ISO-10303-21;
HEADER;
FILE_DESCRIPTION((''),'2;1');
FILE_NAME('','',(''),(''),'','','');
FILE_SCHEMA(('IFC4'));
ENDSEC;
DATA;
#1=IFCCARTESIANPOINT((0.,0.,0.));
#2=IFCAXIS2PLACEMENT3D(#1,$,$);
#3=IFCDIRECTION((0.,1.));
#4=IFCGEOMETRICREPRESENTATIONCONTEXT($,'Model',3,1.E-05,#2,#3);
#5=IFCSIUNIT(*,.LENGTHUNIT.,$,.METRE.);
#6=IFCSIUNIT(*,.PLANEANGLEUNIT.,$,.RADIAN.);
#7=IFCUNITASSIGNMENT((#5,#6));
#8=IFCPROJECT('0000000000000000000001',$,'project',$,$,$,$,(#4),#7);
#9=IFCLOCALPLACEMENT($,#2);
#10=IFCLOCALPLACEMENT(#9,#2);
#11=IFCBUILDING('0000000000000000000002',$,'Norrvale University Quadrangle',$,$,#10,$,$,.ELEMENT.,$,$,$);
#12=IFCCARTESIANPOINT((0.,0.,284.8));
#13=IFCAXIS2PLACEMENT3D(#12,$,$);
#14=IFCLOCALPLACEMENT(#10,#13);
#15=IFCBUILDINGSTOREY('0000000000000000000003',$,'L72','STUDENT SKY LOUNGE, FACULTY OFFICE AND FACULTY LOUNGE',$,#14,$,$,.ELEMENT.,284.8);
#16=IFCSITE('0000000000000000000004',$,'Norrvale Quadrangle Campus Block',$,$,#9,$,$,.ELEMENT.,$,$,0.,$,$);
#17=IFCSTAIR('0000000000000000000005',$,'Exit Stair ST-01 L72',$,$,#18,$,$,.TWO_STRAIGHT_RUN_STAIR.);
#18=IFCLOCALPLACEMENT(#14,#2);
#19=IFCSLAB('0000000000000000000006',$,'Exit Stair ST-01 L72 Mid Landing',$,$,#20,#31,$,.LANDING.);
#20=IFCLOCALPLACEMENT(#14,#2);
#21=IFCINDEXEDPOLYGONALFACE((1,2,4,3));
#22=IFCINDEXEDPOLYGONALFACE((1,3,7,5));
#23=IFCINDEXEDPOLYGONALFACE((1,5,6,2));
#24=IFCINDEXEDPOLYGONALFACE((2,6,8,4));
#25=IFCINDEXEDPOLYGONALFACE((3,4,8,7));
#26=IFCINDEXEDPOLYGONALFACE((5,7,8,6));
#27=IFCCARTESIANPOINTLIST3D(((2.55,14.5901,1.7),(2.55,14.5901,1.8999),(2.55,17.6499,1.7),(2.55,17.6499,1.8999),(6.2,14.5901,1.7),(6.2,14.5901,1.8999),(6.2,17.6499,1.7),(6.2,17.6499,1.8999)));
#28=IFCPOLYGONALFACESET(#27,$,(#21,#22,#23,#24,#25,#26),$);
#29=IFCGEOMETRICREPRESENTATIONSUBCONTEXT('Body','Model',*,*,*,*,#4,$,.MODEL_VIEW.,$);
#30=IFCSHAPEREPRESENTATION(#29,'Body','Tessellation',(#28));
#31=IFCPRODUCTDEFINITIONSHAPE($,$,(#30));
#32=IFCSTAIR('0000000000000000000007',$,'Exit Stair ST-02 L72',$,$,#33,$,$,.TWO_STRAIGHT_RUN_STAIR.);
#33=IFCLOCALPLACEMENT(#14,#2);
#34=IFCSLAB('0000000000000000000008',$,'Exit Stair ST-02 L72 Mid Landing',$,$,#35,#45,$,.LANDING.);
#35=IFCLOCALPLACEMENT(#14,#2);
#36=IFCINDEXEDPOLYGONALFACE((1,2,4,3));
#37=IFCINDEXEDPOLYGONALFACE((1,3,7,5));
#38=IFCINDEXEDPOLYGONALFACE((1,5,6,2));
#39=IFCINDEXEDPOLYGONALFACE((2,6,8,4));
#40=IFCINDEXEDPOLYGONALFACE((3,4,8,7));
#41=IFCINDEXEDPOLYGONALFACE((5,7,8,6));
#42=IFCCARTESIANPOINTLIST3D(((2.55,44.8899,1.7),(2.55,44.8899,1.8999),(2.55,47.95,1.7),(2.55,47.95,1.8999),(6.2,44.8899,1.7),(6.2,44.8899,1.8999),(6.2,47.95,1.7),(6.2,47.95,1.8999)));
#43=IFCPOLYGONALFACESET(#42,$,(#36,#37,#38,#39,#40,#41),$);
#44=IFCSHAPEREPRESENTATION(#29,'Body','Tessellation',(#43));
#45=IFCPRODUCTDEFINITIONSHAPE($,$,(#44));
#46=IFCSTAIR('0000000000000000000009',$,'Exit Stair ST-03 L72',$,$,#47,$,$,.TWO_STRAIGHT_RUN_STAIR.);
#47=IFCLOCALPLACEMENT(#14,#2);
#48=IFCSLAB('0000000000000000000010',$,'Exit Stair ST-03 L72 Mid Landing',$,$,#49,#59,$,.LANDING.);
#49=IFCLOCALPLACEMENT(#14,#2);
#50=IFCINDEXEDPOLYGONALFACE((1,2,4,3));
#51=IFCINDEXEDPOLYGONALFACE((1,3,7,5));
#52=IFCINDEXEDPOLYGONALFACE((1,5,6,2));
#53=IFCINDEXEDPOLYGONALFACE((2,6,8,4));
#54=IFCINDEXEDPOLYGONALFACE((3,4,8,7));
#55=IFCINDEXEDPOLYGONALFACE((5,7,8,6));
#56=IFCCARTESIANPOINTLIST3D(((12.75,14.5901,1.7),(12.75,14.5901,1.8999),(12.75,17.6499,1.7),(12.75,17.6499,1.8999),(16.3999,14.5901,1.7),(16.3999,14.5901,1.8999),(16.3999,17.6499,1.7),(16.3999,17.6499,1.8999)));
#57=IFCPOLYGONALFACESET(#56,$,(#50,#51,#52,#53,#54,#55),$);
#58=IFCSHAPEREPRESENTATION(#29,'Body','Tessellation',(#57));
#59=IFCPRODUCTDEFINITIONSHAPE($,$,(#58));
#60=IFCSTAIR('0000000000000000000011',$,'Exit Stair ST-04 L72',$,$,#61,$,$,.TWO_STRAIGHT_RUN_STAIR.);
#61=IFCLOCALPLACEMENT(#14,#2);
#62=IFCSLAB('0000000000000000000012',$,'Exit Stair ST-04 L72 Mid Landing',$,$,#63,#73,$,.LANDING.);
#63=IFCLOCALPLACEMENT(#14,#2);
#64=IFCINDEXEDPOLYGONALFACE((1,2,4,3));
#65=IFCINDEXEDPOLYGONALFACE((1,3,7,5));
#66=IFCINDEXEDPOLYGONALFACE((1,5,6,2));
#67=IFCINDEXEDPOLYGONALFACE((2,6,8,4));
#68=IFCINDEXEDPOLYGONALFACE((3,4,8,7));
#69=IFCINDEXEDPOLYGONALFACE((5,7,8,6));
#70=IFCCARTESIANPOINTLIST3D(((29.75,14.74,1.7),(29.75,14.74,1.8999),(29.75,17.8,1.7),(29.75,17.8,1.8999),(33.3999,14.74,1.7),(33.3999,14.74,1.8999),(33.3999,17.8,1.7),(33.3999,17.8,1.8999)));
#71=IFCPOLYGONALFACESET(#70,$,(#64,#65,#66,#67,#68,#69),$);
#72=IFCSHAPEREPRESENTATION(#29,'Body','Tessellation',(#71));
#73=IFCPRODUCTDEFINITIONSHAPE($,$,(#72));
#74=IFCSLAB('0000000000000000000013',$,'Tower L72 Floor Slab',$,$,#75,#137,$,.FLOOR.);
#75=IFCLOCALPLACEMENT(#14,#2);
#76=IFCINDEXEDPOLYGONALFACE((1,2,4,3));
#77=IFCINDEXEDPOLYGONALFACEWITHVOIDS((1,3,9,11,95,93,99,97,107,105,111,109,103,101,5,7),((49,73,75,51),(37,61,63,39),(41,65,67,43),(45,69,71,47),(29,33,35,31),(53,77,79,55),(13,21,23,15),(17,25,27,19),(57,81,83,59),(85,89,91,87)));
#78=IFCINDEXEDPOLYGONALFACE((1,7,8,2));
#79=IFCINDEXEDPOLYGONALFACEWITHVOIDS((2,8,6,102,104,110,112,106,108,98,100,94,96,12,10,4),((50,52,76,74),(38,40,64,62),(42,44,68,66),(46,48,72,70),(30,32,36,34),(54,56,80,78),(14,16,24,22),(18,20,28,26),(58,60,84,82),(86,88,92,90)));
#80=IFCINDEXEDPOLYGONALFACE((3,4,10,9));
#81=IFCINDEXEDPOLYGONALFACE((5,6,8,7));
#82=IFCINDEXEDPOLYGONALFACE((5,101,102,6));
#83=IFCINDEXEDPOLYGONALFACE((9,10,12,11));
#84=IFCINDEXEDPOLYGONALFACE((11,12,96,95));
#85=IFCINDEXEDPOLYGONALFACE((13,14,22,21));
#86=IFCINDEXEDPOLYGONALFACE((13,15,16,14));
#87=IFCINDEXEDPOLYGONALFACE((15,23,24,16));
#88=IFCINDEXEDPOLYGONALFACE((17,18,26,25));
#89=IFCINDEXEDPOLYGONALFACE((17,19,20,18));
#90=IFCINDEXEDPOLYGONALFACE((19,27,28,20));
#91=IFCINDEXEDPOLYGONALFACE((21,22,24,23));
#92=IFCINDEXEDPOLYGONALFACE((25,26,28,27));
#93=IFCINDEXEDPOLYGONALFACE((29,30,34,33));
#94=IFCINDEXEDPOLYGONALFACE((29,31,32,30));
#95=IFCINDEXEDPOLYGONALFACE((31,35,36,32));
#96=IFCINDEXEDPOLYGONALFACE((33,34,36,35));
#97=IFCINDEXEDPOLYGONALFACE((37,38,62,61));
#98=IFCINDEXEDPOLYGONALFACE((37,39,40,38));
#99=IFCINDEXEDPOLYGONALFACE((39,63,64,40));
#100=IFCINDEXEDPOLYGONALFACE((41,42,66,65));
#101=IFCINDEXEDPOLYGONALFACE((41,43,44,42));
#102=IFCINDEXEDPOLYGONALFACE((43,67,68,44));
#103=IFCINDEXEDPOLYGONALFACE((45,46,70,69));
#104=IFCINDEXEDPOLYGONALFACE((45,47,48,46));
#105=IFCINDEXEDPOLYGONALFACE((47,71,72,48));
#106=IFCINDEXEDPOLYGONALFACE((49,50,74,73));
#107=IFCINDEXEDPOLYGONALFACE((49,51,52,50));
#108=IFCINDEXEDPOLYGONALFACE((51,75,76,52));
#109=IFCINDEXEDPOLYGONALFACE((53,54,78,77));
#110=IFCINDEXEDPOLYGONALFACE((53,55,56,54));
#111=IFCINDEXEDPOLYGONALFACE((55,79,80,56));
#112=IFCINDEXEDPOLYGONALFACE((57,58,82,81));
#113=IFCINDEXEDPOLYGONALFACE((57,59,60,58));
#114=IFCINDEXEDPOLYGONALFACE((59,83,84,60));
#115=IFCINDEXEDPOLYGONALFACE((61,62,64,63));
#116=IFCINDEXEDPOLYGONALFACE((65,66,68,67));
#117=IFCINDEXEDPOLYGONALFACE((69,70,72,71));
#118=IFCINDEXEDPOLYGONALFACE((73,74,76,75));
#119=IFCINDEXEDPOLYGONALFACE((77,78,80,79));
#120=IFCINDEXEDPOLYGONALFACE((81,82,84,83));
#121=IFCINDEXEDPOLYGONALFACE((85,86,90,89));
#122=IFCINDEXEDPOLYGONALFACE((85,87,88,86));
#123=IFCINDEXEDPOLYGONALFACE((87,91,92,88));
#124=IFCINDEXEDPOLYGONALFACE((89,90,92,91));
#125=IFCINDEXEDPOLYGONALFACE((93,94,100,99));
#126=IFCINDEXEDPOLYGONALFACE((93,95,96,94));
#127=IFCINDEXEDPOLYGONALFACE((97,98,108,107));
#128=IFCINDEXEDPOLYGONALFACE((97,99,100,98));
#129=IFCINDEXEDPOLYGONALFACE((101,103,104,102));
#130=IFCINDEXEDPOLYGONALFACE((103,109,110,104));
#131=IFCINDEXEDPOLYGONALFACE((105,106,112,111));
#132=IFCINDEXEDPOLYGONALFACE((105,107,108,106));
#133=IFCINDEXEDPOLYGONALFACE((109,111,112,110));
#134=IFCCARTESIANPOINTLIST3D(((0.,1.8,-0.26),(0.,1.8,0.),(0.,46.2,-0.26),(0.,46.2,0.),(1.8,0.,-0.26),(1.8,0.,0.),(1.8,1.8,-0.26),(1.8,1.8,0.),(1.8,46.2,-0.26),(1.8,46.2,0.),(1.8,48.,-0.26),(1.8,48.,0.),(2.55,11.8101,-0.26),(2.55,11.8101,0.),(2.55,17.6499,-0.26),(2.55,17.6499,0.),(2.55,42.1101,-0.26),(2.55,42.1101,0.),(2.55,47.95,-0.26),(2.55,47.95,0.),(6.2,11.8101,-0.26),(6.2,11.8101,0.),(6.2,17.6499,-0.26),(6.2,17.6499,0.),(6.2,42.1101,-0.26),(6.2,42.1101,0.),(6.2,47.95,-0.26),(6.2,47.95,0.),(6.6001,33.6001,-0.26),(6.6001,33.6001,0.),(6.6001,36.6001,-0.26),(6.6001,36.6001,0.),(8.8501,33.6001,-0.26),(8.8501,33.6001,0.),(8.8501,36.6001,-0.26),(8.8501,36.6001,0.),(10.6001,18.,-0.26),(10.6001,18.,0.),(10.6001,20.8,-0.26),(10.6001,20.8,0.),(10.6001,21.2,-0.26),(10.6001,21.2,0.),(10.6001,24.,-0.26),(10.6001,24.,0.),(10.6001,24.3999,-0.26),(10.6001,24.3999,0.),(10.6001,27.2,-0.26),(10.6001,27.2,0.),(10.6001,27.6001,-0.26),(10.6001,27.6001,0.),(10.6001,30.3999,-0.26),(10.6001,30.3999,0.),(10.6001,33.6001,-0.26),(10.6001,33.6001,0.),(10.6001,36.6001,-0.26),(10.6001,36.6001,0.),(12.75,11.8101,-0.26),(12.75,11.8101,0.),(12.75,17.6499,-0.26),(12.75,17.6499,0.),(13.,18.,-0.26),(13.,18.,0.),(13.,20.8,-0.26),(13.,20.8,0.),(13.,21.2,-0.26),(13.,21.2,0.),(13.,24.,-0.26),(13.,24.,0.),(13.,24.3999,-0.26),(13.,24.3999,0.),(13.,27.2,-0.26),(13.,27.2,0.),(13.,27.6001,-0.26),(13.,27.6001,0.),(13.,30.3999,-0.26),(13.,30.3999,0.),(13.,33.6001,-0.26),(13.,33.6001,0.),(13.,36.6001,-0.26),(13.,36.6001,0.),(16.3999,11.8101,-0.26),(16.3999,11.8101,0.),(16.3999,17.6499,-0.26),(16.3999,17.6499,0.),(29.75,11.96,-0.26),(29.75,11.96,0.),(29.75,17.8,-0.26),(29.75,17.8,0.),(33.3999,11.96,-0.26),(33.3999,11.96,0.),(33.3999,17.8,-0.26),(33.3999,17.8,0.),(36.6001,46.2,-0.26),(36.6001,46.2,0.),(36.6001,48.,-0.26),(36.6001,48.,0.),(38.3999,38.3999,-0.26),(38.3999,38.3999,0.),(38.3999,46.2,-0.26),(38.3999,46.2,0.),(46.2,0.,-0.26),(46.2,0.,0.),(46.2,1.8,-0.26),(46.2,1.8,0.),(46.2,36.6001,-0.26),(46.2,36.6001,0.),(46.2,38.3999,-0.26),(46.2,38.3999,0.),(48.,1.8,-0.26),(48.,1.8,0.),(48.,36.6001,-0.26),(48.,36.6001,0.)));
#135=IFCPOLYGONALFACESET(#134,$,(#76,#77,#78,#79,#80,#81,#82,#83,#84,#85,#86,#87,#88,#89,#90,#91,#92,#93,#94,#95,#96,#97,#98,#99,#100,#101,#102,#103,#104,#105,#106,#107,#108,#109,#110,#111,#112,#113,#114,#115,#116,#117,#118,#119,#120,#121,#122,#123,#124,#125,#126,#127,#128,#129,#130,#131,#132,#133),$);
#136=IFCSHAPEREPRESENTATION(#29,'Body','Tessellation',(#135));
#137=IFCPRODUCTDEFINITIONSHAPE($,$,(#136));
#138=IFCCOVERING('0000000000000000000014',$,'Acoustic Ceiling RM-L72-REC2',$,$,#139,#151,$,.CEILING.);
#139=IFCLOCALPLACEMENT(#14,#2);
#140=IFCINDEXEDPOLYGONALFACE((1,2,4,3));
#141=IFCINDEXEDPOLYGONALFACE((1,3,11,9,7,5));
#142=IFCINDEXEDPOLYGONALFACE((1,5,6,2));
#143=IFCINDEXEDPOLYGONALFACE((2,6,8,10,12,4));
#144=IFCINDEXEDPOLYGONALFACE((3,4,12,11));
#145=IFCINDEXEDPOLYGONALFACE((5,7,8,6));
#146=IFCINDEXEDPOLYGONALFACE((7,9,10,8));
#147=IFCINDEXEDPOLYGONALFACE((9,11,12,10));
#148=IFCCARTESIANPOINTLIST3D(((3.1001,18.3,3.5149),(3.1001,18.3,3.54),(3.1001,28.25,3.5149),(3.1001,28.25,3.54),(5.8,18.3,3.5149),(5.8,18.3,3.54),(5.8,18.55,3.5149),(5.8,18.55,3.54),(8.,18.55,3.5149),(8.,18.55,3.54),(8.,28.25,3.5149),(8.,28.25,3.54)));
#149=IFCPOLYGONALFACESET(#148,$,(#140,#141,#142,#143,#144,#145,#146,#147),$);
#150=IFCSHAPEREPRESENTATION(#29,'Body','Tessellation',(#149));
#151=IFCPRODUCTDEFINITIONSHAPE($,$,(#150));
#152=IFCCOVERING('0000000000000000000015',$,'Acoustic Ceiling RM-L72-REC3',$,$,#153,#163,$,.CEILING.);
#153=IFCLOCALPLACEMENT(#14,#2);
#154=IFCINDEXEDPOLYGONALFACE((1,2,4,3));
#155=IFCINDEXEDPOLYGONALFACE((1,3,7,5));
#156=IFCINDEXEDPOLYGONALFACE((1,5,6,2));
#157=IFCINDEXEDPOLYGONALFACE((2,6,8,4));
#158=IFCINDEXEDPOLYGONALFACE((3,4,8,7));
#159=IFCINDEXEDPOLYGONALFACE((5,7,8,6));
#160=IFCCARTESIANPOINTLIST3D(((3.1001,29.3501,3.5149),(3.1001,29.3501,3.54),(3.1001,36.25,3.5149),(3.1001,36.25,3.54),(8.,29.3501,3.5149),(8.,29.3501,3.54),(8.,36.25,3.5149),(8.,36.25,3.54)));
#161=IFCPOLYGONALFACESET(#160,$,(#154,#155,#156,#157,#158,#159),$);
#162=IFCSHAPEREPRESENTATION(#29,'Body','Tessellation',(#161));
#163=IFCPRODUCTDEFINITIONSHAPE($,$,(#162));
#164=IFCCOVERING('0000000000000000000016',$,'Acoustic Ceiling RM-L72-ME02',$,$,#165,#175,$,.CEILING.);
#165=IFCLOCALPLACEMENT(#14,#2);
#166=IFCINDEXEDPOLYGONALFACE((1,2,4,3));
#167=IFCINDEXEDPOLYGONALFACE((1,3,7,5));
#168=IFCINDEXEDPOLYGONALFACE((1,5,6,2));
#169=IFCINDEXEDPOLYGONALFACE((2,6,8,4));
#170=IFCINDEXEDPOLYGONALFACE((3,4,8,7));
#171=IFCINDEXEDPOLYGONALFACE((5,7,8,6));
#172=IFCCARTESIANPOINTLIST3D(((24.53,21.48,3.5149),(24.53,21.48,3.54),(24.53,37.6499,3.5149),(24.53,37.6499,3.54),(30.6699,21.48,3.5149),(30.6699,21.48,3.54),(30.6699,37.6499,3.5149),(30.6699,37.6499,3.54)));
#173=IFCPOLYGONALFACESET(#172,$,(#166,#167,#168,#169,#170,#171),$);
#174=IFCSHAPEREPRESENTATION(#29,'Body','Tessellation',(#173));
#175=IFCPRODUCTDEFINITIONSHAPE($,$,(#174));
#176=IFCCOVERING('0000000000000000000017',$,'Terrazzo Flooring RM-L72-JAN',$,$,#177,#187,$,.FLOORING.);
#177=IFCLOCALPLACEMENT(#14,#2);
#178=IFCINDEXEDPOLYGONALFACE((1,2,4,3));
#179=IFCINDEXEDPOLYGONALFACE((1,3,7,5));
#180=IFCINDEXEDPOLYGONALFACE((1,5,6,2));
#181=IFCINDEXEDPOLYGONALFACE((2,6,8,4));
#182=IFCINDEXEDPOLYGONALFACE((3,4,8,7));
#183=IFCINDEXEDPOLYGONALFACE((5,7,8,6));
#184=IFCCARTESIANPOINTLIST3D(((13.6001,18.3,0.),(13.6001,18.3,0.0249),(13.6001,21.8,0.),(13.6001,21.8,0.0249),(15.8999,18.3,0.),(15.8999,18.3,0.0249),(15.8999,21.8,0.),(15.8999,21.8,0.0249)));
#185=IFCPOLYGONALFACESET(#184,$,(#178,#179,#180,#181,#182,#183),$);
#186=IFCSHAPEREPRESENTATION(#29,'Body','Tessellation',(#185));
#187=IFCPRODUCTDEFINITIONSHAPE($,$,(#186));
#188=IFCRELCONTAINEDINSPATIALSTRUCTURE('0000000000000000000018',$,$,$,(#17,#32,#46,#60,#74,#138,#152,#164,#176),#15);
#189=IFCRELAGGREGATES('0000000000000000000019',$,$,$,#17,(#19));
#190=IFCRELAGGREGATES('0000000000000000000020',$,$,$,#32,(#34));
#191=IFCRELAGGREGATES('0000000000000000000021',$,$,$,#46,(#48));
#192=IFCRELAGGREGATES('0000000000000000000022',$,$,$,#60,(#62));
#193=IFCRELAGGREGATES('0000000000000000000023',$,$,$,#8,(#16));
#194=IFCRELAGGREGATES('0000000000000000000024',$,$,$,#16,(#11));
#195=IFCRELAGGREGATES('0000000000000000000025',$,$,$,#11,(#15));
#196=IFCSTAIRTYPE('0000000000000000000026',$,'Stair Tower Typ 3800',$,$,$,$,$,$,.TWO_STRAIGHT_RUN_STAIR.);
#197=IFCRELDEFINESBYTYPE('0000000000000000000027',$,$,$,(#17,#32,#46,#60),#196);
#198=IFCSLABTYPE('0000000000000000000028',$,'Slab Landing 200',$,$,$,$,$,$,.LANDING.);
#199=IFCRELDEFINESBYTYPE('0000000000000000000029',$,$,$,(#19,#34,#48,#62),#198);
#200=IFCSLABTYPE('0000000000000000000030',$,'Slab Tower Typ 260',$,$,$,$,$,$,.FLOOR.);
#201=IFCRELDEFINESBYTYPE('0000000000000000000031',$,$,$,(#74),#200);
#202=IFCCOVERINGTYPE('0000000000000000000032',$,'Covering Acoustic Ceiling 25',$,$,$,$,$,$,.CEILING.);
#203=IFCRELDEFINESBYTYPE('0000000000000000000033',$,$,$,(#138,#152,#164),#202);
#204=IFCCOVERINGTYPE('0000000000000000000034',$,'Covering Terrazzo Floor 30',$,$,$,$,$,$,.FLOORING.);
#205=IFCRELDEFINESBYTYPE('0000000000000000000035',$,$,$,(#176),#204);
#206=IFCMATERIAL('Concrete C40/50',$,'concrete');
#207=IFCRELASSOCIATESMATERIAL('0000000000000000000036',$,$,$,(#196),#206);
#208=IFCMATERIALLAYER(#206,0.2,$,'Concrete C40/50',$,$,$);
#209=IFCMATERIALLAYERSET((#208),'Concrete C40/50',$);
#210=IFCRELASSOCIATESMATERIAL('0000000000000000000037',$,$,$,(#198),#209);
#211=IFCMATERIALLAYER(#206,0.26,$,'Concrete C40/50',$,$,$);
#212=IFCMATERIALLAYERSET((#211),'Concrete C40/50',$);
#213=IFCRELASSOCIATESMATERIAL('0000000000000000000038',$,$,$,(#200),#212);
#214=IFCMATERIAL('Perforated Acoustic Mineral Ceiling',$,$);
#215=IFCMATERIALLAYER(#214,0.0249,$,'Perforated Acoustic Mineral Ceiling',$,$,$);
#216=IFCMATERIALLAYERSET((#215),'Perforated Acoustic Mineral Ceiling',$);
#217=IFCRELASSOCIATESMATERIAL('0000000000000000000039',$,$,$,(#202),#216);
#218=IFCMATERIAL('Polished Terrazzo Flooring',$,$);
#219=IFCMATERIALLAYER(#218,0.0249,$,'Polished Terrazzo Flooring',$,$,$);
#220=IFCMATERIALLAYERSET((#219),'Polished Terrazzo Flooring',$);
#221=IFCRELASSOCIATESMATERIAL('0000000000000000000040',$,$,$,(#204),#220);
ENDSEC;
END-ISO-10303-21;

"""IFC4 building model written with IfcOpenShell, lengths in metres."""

from ifc_helpers import new_model, si_unit, direction, frame, origin, place, context, subcontext, project, spatial, polyline, outline, extrude, material, layer, layer_set, type_object, element, aggregate, save


model = new_model("IFC4")

# Units and contexts
model_context = context("Model", 3, precision=1e-05, world=origin(), true_north=direction((0.0, 1.0)))
body_context = subcontext(model_context, "Body", "Model", "MODEL_VIEW")
ifc_project = project(units=[si_unit("LENGTHUNIT", "METRE"), si_unit("PLANEANGLEUNIT", "RADIAN")], contexts=[model_context])

# Site, building, storey
site_placement = place(None, origin())
site = spatial("IfcSite", under=ifc_project, at=site_placement, Name="Norrvale Quadrangle Campus Block", CompositionType="ELEMENT", RefElevation=0.0)
building_placement = place(site_placement, origin())
building = spatial("IfcBuilding", under=site, at=building_placement, Name="Norrvale University Quadrangle", CompositionType="ELEMENT")
storey_placement = place(building_placement, frame((0.0, 0.0, 284.8)))
storey = spatial("IfcBuildingStorey", under=building, at=storey_placement, Name="L72", Description="STUDENT SKY LOUNGE, FACULTY OFFICE AND FACULTY LOUNGE", CompositionType="ELEMENT", Elevation=284.8)

# Stairs, slabs
ifc_material_1 = material(Name="Concrete C40/50", Category="concrete")
stair_type = type_object("IfcStairType", Name="Stair Tower Typ 3800", PredefinedType="TWO_STRAIGHT_RUN_STAIR", material=ifc_material_1)
stair_1_placement = place(storey_placement, origin())
stair_1 = element("IfcStair", 1, at=stair_1_placement, inside=storey, type_object=stair_type, Name="Exit Stair ST-01 L72", PredefinedType="TWO_STRAIGHT_RUN_STAIR")
ifc_layer_1 = layer(ifc_material_1, 0.2, Name="Concrete C40/50")
ifc_layer_set_1 = layer_set([ifc_layer_1], Name="Concrete C40/50")
slab_type_1 = type_object("IfcSlabType", Name="Slab Landing 200", PredefinedType="LANDING", material=ifc_layer_set_1)
slab_1_placement = place(storey_placement, frame((0.0, 0.0, 1.7)))
slab_1 = element("IfcSlab", 2, at=slab_1_placement, type_object=slab_type_1, Name="Exit Stair ST-01 L72 Mid Landing", PredefinedType="LANDING", context=body_context, shape_type="SweptSolid", body=[
    extrude(outline(polyline([(2.55, 14.5901), (6.2, 14.5901), (6.2, 17.6499), (2.55, 17.6499), (2.55, 14.5901)])), origin(), (0.0, 0.0, 1.0), 0.2),
])
aggregate(stair_1, [slab_1])
stair_2_placement = place(storey_placement, origin())
stair_2 = element("IfcStair", 3, at=stair_2_placement, inside=storey, type_object=stair_type, Name="Exit Stair ST-02 L72", PredefinedType="TWO_STRAIGHT_RUN_STAIR")
slab_2_placement = place(storey_placement, frame((0.0, 0.0, 1.7)))
slab_2 = element("IfcSlab", 4, at=slab_2_placement, type_object=slab_type_1, Name="Exit Stair ST-02 L72 Mid Landing", PredefinedType="LANDING", context=body_context, shape_type="SweptSolid", body=[
    extrude(outline(polyline([(2.55, 44.8899), (6.2, 44.8899), (6.2, 47.95), (2.55, 47.95), (2.55, 44.8899)])), origin(), (0.0, 0.0, 1.0), 0.2),
])
aggregate(stair_2, [slab_2])
stair_3_placement = place(storey_placement, origin())
stair_3 = element("IfcStair", 5, at=stair_3_placement, inside=storey, type_object=stair_type, Name="Exit Stair ST-03 L72", PredefinedType="TWO_STRAIGHT_RUN_STAIR")
slab_3_placement = place(storey_placement, frame((0.0, 0.0, 1.7)))
slab_3 = element("IfcSlab", 6, at=slab_3_placement, type_object=slab_type_1, Name="Exit Stair ST-03 L72 Mid Landing", PredefinedType="LANDING", context=body_context, shape_type="SweptSolid", body=[
    extrude(outline(polyline([(12.75, 14.5901), (16.3999, 14.5901), (16.3999, 17.6499), (12.75, 17.6499), (12.75, 14.5901)])), origin(), (0.0, 0.0, 1.0), 0.2),
])
aggregate(stair_3, [slab_3])
stair_4_placement = place(storey_placement, origin())
stair_4 = element("IfcStair", 7, at=stair_4_placement, inside=storey, type_object=stair_type, Name="Exit Stair ST-04 L72", PredefinedType="TWO_STRAIGHT_RUN_STAIR")
slab_4_placement = place(storey_placement, frame((0.0, 0.0, 1.7)))
slab_4 = element("IfcSlab", 8, at=slab_4_placement, type_object=slab_type_1, Name="Exit Stair ST-04 L72 Mid Landing", PredefinedType="LANDING", context=body_context, shape_type="SweptSolid", body=[
    extrude(outline(polyline([(29.75, 14.74), (33.3999, 14.74), (33.3999, 17.8), (29.75, 17.8), (29.75, 14.74)])), origin(), (0.0, 0.0, 1.0), 0.2),
])
aggregate(stair_4, [slab_4])

# Slab
ifc_layer_2 = layer(ifc_material_1, 0.26, Name="Concrete C40/50")
ifc_layer_set_2 = layer_set([ifc_layer_2], Name="Concrete C40/50")
slab_type_2 = type_object("IfcSlabType", Name="Slab Tower Typ 260", PredefinedType="FLOOR", material=ifc_layer_set_2)
slab_5_placement = place(storey_placement, frame((0.0, 0.0, -0.26)))
element("IfcSlab", 9, at=slab_5_placement, inside=storey, type_object=slab_type_2, Name="Tower L72 Floor Slab", PredefinedType="FLOOR", context=body_context, shape_type="SweptSolid", body=[
    extrude(outline(polyline([(1.8, 0.0), (46.2, 0.0), (46.2, 1.8), (48.0, 1.8), (48.0, 36.6001), (46.2, 36.6001), (46.2, 38.3999), (38.3999, 38.3999), (38.3999, 46.2), (36.6001, 46.2), (36.6001, 48.0), (1.8, 48.0), (1.8, 46.2), (0.0, 46.2), (0.0, 1.8), (1.8, 1.8), (1.8, 0.0)]), holes=[polyline([(2.55, 11.8101), (6.2, 11.8101), (6.2, 17.6499), (2.55, 17.6499), (2.55, 11.8101)]), polyline([(2.55, 42.1101), (6.2, 42.1101), (6.2, 47.95), (2.55, 47.95), (2.55, 42.1101)]), polyline([(12.75, 11.8101), (16.3999, 11.8101), (16.3999, 17.6499), (12.75, 17.6499), (12.75, 11.8101)]), polyline([(29.75, 11.96), (33.3999, 11.96), (33.3999, 17.8), (29.75, 17.8), (29.75, 11.96)]), polyline([(10.6001, 18.0), (13.0, 18.0), (13.0, 20.8), (10.6001, 20.8), (10.6001, 18.0)]), polyline([(10.6001, 21.2), (13.0, 21.2), (13.0, 24.0), (10.6001, 24.0), (10.6001, 21.2)]), polyline([(10.6001, 24.3999), (13.0, 24.3999), (13.0, 27.2), (10.6001, 27.2), (10.6001, 24.3999)]), polyline([(10.6001, 27.6001), (13.0, 27.6001), (13.0, 30.3999), (10.6001, 30.3999), (10.6001, 27.6001)]), polyline([(6.6001, 33.6001), (8.8501, 33.6001), (8.8501, 36.6001), (6.6001, 36.6001), (6.6001, 33.6001)]), polyline([(10.6001, 33.6001), (13.0, 33.6001), (13.0, 36.6001), (10.6001, 36.6001), (10.6001, 33.6001)])]), origin(), (0.0, 0.0, 1.0), 0.26),
])

# Coverings
ifc_material_2 = material(Name="Perforated Acoustic Mineral Ceiling")
ifc_layer_3 = layer(ifc_material_2, 0.0249, Name="Perforated Acoustic Mineral Ceiling")
ifc_layer_set_3 = layer_set([ifc_layer_3], Name="Perforated Acoustic Mineral Ceiling")
covering_type_1 = type_object("IfcCoveringType", Name="Covering Acoustic Ceiling 25", PredefinedType="CEILING", material=ifc_layer_set_3)
covering_1_placement = place(storey_placement, frame((0.0, 0.0, 3.5149)))
element("IfcCovering", 10, at=covering_1_placement, inside=storey, type_object=covering_type_1, Name="Acoustic Ceiling RM-L72-REC2", PredefinedType="CEILING", context=body_context, shape_type="SweptSolid", body=[
    extrude(outline(polyline([(3.1001, 18.3), (3.1001, 28.25), (8.0, 28.25), (8.0, 18.55), (5.8, 18.55), (5.8, 18.3), (3.1001, 18.3)])), origin(), (0.0, 0.0, 1.0), 0.0251),
])
covering_2_placement = place(storey_placement, frame((0.0, 0.0, 3.5149)))
element("IfcCovering", 11, at=covering_2_placement, inside=storey, type_object=covering_type_1, Name="Acoustic Ceiling RM-L72-REC3", PredefinedType="CEILING", context=body_context, shape_type="SweptSolid", body=[
    extrude(outline(polyline([(3.1001, 29.3501), (3.1001, 36.25), (8.0, 36.25), (8.0, 29.3501), (3.1001, 29.3501)])), origin(), (0.0, 0.0, 1.0), 0.0251),
])
covering_3_placement = place(storey_placement, frame((0.0, 0.0, 3.5149)))
element("IfcCovering", 12, at=covering_3_placement, inside=storey, type_object=covering_type_1, Name="Acoustic Ceiling RM-L72-ME02", PredefinedType="CEILING", context=body_context, shape_type="SweptSolid", body=[
    extrude(outline(polyline([(24.53, 37.6499), (30.6699, 37.6499), (30.6699, 21.48), (24.53, 21.48), (24.53, 37.6499)])), origin(), (0.0, 0.0, 1.0), 0.0251),
])
ifc_material_3 = material(Name="Polished Terrazzo Flooring")
ifc_layer_4 = layer(ifc_material_3, 0.0249, Name="Polished Terrazzo Flooring")
ifc_layer_set_4 = layer_set([ifc_layer_4], Name="Polished Terrazzo Flooring")
covering_type_2 = type_object("IfcCoveringType", Name="Covering Terrazzo Floor 30", PredefinedType="FLOORING", material=ifc_layer_set_4)
covering_4_placement = place(storey_placement, origin())
element("IfcCovering", 13, at=covering_4_placement, inside=storey, type_object=covering_type_2, Name="Terrazzo Flooring RM-L72-JAN", PredefinedType="FLOORING", context=body_context, shape_type="SweptSolid", body=[
    extrude(outline(polyline([(13.6001, 18.3), (13.6001, 21.8), (15.8999, 21.8), (15.8999, 18.3), (13.6001, 18.3)])), origin(), (0.0, 0.0, 1.0), 0.0249),
])

save(model, "model.ifc")
